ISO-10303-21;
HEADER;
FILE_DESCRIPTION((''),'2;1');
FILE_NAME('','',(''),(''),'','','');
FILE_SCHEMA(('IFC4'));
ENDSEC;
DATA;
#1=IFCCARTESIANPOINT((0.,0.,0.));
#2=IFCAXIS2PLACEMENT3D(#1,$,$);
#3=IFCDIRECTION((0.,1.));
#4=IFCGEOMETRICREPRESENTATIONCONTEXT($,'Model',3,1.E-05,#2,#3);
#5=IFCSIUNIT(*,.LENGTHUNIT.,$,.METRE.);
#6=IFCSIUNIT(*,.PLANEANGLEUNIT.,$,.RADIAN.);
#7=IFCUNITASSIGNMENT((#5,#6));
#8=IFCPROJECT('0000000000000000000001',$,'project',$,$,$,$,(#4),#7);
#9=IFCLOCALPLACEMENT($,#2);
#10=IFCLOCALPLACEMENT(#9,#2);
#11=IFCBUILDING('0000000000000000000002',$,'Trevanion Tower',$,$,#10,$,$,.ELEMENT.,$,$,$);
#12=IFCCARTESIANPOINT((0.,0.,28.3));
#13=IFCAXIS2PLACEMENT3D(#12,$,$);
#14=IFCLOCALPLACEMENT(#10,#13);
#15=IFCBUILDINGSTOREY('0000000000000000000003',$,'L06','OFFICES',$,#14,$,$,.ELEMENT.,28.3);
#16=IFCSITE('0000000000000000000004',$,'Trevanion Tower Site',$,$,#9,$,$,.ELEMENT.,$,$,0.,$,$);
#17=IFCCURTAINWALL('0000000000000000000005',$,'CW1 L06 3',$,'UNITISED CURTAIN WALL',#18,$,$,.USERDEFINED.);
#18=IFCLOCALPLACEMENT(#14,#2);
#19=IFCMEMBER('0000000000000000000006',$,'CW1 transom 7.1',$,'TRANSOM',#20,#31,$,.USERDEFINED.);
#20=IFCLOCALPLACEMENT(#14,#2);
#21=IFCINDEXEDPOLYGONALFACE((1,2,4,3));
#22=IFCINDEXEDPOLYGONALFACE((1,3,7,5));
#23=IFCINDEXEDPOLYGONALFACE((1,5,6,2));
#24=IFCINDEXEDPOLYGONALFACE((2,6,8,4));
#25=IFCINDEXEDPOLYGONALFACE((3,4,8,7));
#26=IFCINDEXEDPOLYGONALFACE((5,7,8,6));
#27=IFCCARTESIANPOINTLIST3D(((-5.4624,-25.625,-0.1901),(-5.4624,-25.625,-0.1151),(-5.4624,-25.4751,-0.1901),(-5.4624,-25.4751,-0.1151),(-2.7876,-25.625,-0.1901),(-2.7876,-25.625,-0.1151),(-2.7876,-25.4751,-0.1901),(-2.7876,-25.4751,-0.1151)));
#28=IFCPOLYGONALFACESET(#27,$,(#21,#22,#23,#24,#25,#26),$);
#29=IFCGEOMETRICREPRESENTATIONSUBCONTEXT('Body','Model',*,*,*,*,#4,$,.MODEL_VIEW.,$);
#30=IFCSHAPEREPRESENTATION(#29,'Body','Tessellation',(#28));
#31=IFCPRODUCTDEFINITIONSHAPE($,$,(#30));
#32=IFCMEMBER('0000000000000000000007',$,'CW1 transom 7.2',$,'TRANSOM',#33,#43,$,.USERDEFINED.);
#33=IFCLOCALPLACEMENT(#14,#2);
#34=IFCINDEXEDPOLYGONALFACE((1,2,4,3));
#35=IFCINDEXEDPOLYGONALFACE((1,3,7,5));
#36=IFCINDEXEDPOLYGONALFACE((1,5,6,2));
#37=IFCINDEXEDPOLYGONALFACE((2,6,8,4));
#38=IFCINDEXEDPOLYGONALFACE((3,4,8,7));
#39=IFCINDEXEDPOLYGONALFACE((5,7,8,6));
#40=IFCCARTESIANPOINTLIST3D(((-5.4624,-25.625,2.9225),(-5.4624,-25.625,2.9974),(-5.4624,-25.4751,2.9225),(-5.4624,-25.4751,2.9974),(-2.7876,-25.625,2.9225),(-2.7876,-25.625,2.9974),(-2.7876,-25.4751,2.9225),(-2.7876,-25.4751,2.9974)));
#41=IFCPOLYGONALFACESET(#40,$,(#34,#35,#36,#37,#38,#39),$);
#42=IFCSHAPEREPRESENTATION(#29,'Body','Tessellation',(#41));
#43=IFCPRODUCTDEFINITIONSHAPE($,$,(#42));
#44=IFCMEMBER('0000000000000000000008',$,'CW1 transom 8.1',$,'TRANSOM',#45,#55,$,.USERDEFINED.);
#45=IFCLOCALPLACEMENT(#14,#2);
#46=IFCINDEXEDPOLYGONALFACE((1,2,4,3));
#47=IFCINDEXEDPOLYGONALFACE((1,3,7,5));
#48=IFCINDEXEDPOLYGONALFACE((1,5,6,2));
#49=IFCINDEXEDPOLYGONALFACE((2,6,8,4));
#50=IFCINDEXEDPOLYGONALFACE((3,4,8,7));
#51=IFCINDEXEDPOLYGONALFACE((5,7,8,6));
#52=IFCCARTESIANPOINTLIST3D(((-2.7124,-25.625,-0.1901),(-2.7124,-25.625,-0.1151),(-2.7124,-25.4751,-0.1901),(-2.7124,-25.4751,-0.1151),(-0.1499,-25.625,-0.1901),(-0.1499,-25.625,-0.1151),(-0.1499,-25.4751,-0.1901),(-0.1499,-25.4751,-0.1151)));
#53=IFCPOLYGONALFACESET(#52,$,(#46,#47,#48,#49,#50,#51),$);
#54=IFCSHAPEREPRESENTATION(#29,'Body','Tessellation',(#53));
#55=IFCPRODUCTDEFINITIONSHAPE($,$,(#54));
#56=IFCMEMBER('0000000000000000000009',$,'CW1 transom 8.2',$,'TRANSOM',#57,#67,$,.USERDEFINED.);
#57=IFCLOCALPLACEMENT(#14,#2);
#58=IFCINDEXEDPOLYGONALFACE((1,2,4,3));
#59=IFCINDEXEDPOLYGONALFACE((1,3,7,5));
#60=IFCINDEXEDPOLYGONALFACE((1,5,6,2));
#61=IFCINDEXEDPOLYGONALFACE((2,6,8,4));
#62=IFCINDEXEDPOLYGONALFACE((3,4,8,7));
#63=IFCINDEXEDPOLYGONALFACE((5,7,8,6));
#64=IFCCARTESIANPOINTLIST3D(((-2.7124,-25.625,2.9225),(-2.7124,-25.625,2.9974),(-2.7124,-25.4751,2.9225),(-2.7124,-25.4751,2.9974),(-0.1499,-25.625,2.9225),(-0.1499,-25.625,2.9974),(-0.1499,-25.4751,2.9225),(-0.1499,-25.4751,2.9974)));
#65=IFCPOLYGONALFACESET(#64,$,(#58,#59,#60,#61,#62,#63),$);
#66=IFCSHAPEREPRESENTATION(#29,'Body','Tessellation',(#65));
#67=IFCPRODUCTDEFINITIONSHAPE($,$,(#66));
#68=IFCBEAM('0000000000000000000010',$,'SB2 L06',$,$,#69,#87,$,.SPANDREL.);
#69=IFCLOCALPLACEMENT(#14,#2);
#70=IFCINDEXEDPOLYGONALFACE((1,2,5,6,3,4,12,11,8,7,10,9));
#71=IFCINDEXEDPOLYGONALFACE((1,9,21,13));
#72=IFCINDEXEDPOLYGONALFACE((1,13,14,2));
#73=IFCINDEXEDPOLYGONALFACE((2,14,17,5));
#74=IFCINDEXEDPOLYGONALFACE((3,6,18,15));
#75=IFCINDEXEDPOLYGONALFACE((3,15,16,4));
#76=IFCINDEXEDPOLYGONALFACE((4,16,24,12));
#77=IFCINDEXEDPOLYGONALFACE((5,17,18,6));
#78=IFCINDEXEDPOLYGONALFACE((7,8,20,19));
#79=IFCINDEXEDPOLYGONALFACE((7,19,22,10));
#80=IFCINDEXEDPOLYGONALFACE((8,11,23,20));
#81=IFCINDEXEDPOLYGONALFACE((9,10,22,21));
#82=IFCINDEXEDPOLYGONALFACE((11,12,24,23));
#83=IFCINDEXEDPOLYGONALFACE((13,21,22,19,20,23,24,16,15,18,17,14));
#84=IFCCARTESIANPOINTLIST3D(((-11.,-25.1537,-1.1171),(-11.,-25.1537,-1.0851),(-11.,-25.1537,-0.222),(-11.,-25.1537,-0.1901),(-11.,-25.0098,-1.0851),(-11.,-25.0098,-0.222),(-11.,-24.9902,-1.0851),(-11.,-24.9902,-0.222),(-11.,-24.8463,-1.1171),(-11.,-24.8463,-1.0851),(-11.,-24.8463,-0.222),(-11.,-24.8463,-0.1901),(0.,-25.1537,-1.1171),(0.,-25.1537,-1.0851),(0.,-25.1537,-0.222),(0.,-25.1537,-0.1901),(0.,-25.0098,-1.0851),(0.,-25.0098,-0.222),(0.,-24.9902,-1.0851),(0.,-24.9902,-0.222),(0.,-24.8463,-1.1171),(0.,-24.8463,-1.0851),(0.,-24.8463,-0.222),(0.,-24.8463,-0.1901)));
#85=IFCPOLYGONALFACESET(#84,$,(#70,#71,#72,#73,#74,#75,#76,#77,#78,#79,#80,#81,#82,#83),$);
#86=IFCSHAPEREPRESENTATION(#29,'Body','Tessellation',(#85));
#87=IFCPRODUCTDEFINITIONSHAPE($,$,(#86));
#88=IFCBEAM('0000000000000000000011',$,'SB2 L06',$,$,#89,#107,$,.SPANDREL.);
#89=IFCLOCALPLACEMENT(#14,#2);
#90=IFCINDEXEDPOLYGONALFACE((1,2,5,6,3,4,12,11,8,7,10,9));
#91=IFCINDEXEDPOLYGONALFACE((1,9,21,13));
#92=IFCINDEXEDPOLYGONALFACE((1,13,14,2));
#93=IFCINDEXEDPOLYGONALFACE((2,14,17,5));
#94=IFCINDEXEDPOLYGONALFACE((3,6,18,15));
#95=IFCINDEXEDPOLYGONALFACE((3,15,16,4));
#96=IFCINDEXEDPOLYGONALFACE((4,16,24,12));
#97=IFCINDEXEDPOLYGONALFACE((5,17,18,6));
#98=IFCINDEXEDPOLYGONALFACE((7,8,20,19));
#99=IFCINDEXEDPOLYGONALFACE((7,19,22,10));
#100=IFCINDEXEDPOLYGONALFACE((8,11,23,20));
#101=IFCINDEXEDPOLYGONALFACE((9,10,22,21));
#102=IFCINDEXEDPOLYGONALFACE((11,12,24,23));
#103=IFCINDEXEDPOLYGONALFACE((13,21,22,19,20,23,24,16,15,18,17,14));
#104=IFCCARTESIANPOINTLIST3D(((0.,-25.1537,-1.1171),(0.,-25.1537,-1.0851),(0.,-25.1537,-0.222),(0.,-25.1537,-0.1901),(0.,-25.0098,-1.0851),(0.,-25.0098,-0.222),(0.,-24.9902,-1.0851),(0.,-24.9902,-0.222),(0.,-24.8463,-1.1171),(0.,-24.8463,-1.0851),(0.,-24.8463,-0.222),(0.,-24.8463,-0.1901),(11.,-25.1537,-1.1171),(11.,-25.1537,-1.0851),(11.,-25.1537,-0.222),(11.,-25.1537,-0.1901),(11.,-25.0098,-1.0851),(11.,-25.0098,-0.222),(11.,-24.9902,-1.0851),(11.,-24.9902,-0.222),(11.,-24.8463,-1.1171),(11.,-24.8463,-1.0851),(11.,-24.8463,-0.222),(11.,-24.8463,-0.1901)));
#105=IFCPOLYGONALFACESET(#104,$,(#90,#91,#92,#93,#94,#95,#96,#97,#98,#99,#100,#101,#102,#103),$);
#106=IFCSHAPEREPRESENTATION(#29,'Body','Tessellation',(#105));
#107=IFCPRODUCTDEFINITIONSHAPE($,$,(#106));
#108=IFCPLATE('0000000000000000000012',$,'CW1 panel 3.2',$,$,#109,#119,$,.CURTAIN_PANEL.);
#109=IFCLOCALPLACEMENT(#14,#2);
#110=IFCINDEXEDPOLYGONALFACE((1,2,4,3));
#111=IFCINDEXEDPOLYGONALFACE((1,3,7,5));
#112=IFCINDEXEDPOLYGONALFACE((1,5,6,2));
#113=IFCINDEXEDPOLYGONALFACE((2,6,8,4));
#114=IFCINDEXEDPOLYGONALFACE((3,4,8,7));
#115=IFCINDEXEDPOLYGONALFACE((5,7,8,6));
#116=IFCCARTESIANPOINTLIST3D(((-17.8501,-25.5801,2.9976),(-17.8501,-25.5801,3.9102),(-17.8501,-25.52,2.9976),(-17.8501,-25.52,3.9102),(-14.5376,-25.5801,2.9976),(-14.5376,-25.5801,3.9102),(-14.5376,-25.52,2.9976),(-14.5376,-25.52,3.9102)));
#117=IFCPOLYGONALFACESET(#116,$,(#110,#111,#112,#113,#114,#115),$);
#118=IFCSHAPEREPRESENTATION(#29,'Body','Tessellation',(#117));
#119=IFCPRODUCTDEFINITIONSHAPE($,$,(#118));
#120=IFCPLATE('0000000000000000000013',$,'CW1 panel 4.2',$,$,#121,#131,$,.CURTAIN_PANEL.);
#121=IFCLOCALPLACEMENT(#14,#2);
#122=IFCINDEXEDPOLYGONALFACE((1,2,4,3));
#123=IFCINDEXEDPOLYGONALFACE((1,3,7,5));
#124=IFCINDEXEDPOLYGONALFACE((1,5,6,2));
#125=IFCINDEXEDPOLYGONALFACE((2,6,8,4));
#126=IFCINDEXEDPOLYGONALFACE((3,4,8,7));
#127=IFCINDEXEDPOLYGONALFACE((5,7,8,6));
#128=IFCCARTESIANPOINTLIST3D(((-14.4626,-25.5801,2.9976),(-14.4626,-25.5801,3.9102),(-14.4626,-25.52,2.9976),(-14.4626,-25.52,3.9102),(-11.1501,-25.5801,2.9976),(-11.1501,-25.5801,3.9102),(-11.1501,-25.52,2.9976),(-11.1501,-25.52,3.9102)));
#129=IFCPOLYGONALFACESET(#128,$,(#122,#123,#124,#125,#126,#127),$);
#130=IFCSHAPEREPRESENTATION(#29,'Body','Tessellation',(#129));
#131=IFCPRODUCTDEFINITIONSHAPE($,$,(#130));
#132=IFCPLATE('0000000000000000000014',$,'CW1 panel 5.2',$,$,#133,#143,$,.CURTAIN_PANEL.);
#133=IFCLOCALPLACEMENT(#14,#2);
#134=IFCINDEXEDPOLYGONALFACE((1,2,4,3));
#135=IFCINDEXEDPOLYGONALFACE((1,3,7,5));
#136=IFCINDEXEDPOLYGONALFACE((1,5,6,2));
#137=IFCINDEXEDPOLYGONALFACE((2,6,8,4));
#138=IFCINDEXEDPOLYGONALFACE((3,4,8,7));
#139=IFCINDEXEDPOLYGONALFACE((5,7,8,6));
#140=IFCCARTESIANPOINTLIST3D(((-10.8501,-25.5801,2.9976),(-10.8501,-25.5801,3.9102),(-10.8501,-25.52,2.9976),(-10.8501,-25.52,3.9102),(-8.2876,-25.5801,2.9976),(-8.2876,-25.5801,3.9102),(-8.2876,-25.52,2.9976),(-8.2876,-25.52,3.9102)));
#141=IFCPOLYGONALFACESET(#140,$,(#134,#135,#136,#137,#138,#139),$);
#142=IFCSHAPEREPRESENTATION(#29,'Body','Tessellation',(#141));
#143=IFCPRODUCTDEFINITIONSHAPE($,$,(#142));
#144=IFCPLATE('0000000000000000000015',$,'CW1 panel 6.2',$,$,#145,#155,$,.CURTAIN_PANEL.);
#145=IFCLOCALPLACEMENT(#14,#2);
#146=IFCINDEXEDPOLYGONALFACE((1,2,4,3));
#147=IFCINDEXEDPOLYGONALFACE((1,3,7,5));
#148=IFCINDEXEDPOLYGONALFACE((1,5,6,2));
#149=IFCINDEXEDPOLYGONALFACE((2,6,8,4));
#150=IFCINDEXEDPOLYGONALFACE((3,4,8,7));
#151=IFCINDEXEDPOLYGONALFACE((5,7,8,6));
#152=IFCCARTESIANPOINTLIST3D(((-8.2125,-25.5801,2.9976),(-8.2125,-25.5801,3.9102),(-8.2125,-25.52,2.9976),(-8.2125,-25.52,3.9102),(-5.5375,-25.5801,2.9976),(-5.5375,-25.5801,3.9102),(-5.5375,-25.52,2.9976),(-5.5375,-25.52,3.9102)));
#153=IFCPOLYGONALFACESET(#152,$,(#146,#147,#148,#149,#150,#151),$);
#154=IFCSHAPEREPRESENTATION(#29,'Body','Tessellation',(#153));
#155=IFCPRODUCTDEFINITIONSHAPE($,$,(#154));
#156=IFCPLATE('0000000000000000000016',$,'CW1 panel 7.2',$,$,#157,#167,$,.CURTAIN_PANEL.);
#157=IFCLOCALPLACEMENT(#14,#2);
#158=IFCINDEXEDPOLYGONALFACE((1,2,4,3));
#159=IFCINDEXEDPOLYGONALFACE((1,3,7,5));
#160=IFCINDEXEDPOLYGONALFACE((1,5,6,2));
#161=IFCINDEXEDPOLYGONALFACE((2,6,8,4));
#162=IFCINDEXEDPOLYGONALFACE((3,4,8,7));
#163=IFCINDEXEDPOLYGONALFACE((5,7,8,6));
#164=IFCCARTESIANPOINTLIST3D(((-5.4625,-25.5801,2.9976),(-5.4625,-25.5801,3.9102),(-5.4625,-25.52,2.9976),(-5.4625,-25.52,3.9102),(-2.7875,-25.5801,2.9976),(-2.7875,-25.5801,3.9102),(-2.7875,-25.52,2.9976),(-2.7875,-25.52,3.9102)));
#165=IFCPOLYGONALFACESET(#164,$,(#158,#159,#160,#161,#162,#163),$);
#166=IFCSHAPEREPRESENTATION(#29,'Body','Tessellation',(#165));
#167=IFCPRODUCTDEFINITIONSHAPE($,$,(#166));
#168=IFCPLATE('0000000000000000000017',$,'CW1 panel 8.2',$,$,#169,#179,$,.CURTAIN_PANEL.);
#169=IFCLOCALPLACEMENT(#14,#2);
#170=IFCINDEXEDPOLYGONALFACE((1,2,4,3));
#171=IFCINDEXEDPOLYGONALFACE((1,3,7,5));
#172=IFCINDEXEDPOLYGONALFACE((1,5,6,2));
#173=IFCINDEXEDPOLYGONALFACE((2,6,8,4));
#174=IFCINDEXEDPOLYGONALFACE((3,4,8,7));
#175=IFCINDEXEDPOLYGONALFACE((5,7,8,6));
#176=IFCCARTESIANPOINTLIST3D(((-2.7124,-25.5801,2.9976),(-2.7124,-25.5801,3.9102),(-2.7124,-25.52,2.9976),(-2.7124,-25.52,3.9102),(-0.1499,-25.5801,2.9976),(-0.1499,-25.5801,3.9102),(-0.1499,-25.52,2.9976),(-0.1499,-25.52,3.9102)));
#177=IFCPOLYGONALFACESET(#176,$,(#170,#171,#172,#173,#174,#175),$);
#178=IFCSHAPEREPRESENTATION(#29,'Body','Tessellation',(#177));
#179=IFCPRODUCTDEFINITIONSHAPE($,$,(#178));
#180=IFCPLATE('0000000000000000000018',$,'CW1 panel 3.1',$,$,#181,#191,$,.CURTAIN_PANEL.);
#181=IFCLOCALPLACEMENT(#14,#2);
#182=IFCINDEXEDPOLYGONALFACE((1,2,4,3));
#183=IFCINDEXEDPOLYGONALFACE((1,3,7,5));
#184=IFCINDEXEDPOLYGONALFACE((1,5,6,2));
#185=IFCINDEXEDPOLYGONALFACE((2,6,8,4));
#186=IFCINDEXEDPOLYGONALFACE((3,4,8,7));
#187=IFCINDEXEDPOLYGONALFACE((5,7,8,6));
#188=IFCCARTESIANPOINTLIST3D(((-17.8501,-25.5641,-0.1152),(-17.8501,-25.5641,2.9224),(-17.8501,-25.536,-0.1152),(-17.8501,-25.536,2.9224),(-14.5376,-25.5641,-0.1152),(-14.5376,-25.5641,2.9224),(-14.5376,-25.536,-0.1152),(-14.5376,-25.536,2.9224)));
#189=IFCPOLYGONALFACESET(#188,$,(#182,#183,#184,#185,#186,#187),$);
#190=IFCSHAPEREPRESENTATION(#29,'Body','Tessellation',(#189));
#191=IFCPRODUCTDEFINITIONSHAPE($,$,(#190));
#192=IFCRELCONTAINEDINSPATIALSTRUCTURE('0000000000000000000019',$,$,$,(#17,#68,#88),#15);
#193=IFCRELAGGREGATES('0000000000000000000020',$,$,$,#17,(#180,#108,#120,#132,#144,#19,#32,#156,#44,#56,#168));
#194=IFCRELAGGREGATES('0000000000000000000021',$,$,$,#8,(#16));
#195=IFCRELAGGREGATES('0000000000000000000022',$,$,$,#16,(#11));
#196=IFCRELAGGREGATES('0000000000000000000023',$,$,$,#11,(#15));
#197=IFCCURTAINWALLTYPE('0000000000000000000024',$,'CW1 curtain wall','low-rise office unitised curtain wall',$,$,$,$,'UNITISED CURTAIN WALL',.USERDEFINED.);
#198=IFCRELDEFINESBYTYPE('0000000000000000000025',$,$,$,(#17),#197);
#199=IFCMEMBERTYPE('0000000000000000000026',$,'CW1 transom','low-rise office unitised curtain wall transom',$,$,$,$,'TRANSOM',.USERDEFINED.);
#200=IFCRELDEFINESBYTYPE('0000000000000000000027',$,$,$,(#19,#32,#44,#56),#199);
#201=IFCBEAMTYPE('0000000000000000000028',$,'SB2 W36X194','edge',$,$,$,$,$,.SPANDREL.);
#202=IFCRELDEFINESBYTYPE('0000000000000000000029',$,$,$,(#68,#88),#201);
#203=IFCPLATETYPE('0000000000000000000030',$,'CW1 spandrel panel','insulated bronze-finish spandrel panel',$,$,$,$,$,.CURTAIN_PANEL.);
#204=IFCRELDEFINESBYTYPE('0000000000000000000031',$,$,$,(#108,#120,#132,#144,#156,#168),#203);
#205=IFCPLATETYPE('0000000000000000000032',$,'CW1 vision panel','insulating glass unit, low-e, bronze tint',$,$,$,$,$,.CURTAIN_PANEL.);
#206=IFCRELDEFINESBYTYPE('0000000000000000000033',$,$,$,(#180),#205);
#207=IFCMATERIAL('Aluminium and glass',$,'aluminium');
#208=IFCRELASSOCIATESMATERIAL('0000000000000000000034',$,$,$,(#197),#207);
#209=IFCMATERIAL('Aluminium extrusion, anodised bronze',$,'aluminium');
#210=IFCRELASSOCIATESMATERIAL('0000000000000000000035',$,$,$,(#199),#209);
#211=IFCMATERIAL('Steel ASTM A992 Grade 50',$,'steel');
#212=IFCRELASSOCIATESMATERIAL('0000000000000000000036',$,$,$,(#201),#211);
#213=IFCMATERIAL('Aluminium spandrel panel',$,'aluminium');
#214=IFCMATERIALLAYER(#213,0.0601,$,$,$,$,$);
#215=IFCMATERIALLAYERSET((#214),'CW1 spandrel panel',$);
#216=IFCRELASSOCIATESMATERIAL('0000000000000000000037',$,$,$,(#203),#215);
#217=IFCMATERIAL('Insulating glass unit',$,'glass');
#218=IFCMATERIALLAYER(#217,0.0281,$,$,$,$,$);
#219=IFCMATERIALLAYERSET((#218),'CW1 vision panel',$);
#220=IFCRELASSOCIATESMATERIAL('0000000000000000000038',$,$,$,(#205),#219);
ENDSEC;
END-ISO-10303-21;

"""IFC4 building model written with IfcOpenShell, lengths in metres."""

from ifc_helpers import new_model, si_unit, direction, frame, origin, origin_2d, place, context, subcontext, project, spatial, rectangle, i_section, extrude, material, layer, layer_set, material_profile, profile_set, type_object, element, aggregate, save


model = new_model("IFC4")

# Units and contexts
model_context = context("Model", 3, precision=1e-05, world=origin(), true_north=direction((0.0, 1.0)))
body_context = subcontext(model_context, "Body", "Model", "MODEL_VIEW")
ifc_project = project(units=[si_unit("LENGTHUNIT", "METRE"), si_unit("PLANEANGLEUNIT", "RADIAN")], contexts=[model_context])

# Site, building, storey
site_placement = place(None, origin())
site = spatial("IfcSite", under=ifc_project, at=site_placement, Name="Trevanion Tower Site", CompositionType="ELEMENT", RefElevation=0.0)
building_placement = place(site_placement, origin())
building = spatial("IfcBuilding", under=site, at=building_placement, Name="Trevanion Tower", CompositionType="ELEMENT")
storey_placement = place(building_placement, frame((0.0, 0.0, 28.3)))
storey = spatial("IfcBuildingStorey", under=building, at=storey_placement, Name="L06", Description="OFFICES", CompositionType="ELEMENT", Elevation=28.3)

# Curtain wall, members
ifc_material_1 = material(Name="Aluminium and glass", Category="aluminium")
curtain_wall_type = type_object("IfcCurtainWallType", Name="CW1 curtain wall", Description="low-rise office unitised curtain wall", ElementType="UNITISED CURTAIN WALL", PredefinedType="USERDEFINED", material=ifc_material_1)
curtain_wall_placement = place(storey_placement, origin())
curtain_wall = element("IfcCurtainWall", 1, at=curtain_wall_placement, inside=storey, type_object=curtain_wall_type, Name="CW1 L06 3", ObjectType="UNITISED CURTAIN WALL", PredefinedType="USERDEFINED")
ifc_material_2 = material(Name="Aluminium extrusion, anodised bronze", Category="aluminium")
ifc_material_profile_1 = material_profile(ifc_material_2, rectangle(XDim=0.1499, YDim=0.075, at=origin_2d()), Name="CW1 transom")
ifc_profile_set_1 = profile_set([ifc_material_profile_1], Name="Aluminium extrusion, anodised bronze")
member_type_1 = type_object("IfcMemberType", Name="CW1 transom", Description="low-rise office unitised curtain wall transom", ElementType="TRANSOM", PredefinedType="USERDEFINED", material=ifc_profile_set_1)
member_1_placement = place(storey_placement, frame((-5.4624, -25.55, -0.1526), z_axis=(1.0, 0.0, 0.0), x_axis=(0.0, 1.0, 0.0)))
member_1 = element("IfcMember", 2, at=member_1_placement, type_object=member_type_1, Name="CW1 transom 7.1", ObjectType="TRANSOM", PredefinedType="USERDEFINED", context=body_context, shape_type="SweptSolid", body=[
    extrude(rectangle(XDim=0.1499, YDim=0.075, at=origin_2d()), origin(), (0.0, 0.0, 1.0), 2.6748),
])
member_2_placement = place(storey_placement, frame((-5.4624, -25.55, 2.96), z_axis=(1.0, 0.0, 0.0), x_axis=(0.0, 1.0, 0.0)))
member_2 = element("IfcMember", 3, at=member_2_placement, type_object=member_type_1, Name="CW1 transom 7.2", ObjectType="TRANSOM", PredefinedType="USERDEFINED", context=body_context, shape_type="SweptSolid", body=[
    extrude(rectangle(XDim=0.1499, YDim=0.075, at=origin_2d()), origin(), (0.0, 0.0, 1.0), 2.6748),
])
member_3_placement = place(storey_placement, frame((-2.7124, -25.55, -0.1526), z_axis=(1.0, 0.0, 0.0), x_axis=(0.0, 1.0, 0.0)))
member_3 = element("IfcMember", 4, at=member_3_placement, type_object=member_type_1, Name="CW1 transom 8.1", ObjectType="TRANSOM", PredefinedType="USERDEFINED", context=body_context, shape_type="SweptSolid", body=[
    extrude(rectangle(XDim=0.1499, YDim=0.075, at=origin_2d()), origin(), (0.0, 0.0, 1.0), 2.5625),
])
member_4_placement = place(storey_placement, frame((-2.7124, -25.55, 2.96), z_axis=(1.0, 0.0, 0.0), x_axis=(0.0, 1.0, 0.0)))
member_4 = element("IfcMember", 5, at=member_4_placement, type_object=member_type_1, Name="CW1 transom 8.2", ObjectType="TRANSOM", PredefinedType="USERDEFINED", context=body_context, shape_type="SweptSolid", body=[
    extrude(rectangle(XDim=0.1499, YDim=0.075, at=origin_2d()), origin(), (0.0, 0.0, 1.0), 2.5625),
])

# Beams
ifc_material_3 = material(Name="Steel ASTM A992 Grade 50", Category="steel")
ifc_material_profile_2 = material_profile(ifc_material_3, i_section(OverallWidth=0.3074, OverallDepth=0.927, WebThickness=0.0195, FlangeThickness=0.032, at=origin_2d()), Name="W36X194")
ifc_profile_set_2 = profile_set([ifc_material_profile_2], Name="Steel ASTM A992 Grade 50")
beam_type = type_object("IfcBeamType", Name="SB2 W36X194", Description="edge", PredefinedType="SPANDREL", material=ifc_profile_set_2)
for number, where, z_axis, x_axis, name in (
    (6, (-11.0, -25.0, -0.6536), (1.0, 0.0, 0.0), (0.0, 1.0, 0.0), "SB2 L06"),
    (7, (0.0, -25.0, -0.6536), (1.0, 0.0, 0.0), (0.0, 1.0, 0.0), "SB2 L06"),
):
    element("IfcBeam", number, at=place(storey_placement, frame(where, z_axis=z_axis, x_axis=x_axis)), inside=storey, type_object=beam_type, Name=name, PredefinedType="SPANDREL", context=body_context, shape_type="SweptSolid", body=[
        extrude(i_section(OverallWidth=0.3074, OverallDepth=0.927, WebThickness=0.0195, FlangeThickness=0.032, at=origin_2d()), origin(), (0.0, 0.0, 1.0), 11.0),
    ])

# Plates
ifc_material_4 = material(Name="Aluminium spandrel panel", Category="aluminium")
ifc_layer_1 = layer(ifc_material_4, 0.0601)
ifc_layer_set_1 = layer_set([ifc_layer_1], Name="CW1 spandrel panel")
plate_type_1 = type_object("IfcPlateType", Name="CW1 spandrel panel", Description="insulated bronze-finish spandrel panel", PredefinedType="CURTAIN_PANEL", material=ifc_layer_set_1)
plate_1_placement = place(storey_placement, frame((-16.1938, -25.55, 2.9976), z_axis=(0.0, 0.0, 1.0), x_axis=(1.0, 0.0, 0.0)))
plate_1 = element("IfcPlate", 8, at=plate_1_placement, type_object=plate_type_1, Name="CW1 panel 3.2", PredefinedType="CURTAIN_PANEL", context=body_context, shape_type="SweptSolid", body=[
    extrude(rectangle(XDim=3.3125, YDim=0.0601, at=origin_2d()), origin(), (0.0, 0.0, 1.0), 0.9126),
])
plate_2_placement = place(storey_placement, frame((-12.8064, -25.55, 2.9976), z_axis=(0.0, 0.0, 1.0), x_axis=(1.0, 0.0, 0.0)))
plate_2 = element("IfcPlate", 9, at=plate_2_placement, type_object=plate_type_1, Name="CW1 panel 4.2", PredefinedType="CURTAIN_PANEL", context=body_context, shape_type="SweptSolid", body=[
    extrude(rectangle(XDim=3.3125, YDim=0.0601, at=origin_2d()), origin(), (0.0, 0.0, 1.0), 0.9126),
])
plate_3_placement = place(storey_placement, frame((-9.5688, -25.55, 2.9976), z_axis=(0.0, 0.0, 1.0), x_axis=(1.0, 0.0, 0.0)))
plate_3 = element("IfcPlate", 10, at=plate_3_placement, type_object=plate_type_1, Name="CW1 panel 5.2", PredefinedType="CURTAIN_PANEL", context=body_context, shape_type="SweptSolid", body=[
    extrude(rectangle(XDim=2.5625, YDim=0.0601, at=origin_2d()), origin(), (0.0, 0.0, 1.0), 0.9126),
])
plate_4_placement = place(storey_placement, frame((-6.875, -25.55, 2.9976), z_axis=(0.0, 0.0, 1.0), x_axis=(1.0, 0.0, 0.0)))
plate_4 = element("IfcPlate", 11, at=plate_4_placement, type_object=plate_type_1, Name="CW1 panel 6.2", PredefinedType="CURTAIN_PANEL", context=body_context, shape_type="SweptSolid", body=[
    extrude(rectangle(XDim=2.675, YDim=0.0601, at=origin_2d()), origin(), (0.0, 0.0, 1.0), 0.9126),
])
plate_5_placement = place(storey_placement, frame((-4.125, -25.55, 2.9976), z_axis=(0.0, 0.0, 1.0), x_axis=(1.0, 0.0, 0.0)))
plate_5 = element("IfcPlate", 12, at=plate_5_placement, type_object=plate_type_1, Name="CW1 panel 7.2", PredefinedType="CURTAIN_PANEL", context=body_context, shape_type="SweptSolid", body=[
    extrude(rectangle(XDim=2.675, YDim=0.0601, at=origin_2d()), origin(), (0.0, 0.0, 1.0), 0.9126),
])
plate_6_placement = place(storey_placement, frame((-1.4312, -25.55, 2.9976), z_axis=(0.0, 0.0, 1.0), x_axis=(1.0, 0.0, 0.0)))
plate_6 = element("IfcPlate", 13, at=plate_6_placement, type_object=plate_type_1, Name="CW1 panel 8.2", PredefinedType="CURTAIN_PANEL", context=body_context, shape_type="SweptSolid", body=[
    extrude(rectangle(XDim=2.5625, YDim=0.0601, at=origin_2d()), origin(), (0.0, 0.0, 1.0), 0.9126),
])
ifc_material_5 = material(Name="Insulating glass unit", Category="glass")
ifc_layer_2 = layer(ifc_material_5, 0.0281)
ifc_layer_set_2 = layer_set([ifc_layer_2], Name="CW1 vision panel")
plate_type_2 = type_object("IfcPlateType", Name="CW1 vision panel", Description="insulating glass unit, low-e, bronze tint", PredefinedType="CURTAIN_PANEL", material=ifc_layer_set_2)
plate_7_placement = place(storey_placement, frame((-16.1938, -25.55, -0.1152), z_axis=(0.0, 0.0, 1.0), x_axis=(1.0, 0.0, 0.0)))
plate_7 = element("IfcPlate", 14, at=plate_7_placement, type_object=plate_type_2, Name="CW1 panel 3.1", PredefinedType="CURTAIN_PANEL", context=body_context, shape_type="SweptSolid", body=[
    extrude(rectangle(XDim=3.3125, YDim=0.0281, at=origin_2d()), origin(), (0.0, 0.0, 1.0), 3.0376),
])
aggregate(curtain_wall, [plate_7, plate_1, plate_2, plate_3, plate_4, member_1, member_2, plate_5, member_3, member_4, plate_6])

save(model, "model.ifc")
